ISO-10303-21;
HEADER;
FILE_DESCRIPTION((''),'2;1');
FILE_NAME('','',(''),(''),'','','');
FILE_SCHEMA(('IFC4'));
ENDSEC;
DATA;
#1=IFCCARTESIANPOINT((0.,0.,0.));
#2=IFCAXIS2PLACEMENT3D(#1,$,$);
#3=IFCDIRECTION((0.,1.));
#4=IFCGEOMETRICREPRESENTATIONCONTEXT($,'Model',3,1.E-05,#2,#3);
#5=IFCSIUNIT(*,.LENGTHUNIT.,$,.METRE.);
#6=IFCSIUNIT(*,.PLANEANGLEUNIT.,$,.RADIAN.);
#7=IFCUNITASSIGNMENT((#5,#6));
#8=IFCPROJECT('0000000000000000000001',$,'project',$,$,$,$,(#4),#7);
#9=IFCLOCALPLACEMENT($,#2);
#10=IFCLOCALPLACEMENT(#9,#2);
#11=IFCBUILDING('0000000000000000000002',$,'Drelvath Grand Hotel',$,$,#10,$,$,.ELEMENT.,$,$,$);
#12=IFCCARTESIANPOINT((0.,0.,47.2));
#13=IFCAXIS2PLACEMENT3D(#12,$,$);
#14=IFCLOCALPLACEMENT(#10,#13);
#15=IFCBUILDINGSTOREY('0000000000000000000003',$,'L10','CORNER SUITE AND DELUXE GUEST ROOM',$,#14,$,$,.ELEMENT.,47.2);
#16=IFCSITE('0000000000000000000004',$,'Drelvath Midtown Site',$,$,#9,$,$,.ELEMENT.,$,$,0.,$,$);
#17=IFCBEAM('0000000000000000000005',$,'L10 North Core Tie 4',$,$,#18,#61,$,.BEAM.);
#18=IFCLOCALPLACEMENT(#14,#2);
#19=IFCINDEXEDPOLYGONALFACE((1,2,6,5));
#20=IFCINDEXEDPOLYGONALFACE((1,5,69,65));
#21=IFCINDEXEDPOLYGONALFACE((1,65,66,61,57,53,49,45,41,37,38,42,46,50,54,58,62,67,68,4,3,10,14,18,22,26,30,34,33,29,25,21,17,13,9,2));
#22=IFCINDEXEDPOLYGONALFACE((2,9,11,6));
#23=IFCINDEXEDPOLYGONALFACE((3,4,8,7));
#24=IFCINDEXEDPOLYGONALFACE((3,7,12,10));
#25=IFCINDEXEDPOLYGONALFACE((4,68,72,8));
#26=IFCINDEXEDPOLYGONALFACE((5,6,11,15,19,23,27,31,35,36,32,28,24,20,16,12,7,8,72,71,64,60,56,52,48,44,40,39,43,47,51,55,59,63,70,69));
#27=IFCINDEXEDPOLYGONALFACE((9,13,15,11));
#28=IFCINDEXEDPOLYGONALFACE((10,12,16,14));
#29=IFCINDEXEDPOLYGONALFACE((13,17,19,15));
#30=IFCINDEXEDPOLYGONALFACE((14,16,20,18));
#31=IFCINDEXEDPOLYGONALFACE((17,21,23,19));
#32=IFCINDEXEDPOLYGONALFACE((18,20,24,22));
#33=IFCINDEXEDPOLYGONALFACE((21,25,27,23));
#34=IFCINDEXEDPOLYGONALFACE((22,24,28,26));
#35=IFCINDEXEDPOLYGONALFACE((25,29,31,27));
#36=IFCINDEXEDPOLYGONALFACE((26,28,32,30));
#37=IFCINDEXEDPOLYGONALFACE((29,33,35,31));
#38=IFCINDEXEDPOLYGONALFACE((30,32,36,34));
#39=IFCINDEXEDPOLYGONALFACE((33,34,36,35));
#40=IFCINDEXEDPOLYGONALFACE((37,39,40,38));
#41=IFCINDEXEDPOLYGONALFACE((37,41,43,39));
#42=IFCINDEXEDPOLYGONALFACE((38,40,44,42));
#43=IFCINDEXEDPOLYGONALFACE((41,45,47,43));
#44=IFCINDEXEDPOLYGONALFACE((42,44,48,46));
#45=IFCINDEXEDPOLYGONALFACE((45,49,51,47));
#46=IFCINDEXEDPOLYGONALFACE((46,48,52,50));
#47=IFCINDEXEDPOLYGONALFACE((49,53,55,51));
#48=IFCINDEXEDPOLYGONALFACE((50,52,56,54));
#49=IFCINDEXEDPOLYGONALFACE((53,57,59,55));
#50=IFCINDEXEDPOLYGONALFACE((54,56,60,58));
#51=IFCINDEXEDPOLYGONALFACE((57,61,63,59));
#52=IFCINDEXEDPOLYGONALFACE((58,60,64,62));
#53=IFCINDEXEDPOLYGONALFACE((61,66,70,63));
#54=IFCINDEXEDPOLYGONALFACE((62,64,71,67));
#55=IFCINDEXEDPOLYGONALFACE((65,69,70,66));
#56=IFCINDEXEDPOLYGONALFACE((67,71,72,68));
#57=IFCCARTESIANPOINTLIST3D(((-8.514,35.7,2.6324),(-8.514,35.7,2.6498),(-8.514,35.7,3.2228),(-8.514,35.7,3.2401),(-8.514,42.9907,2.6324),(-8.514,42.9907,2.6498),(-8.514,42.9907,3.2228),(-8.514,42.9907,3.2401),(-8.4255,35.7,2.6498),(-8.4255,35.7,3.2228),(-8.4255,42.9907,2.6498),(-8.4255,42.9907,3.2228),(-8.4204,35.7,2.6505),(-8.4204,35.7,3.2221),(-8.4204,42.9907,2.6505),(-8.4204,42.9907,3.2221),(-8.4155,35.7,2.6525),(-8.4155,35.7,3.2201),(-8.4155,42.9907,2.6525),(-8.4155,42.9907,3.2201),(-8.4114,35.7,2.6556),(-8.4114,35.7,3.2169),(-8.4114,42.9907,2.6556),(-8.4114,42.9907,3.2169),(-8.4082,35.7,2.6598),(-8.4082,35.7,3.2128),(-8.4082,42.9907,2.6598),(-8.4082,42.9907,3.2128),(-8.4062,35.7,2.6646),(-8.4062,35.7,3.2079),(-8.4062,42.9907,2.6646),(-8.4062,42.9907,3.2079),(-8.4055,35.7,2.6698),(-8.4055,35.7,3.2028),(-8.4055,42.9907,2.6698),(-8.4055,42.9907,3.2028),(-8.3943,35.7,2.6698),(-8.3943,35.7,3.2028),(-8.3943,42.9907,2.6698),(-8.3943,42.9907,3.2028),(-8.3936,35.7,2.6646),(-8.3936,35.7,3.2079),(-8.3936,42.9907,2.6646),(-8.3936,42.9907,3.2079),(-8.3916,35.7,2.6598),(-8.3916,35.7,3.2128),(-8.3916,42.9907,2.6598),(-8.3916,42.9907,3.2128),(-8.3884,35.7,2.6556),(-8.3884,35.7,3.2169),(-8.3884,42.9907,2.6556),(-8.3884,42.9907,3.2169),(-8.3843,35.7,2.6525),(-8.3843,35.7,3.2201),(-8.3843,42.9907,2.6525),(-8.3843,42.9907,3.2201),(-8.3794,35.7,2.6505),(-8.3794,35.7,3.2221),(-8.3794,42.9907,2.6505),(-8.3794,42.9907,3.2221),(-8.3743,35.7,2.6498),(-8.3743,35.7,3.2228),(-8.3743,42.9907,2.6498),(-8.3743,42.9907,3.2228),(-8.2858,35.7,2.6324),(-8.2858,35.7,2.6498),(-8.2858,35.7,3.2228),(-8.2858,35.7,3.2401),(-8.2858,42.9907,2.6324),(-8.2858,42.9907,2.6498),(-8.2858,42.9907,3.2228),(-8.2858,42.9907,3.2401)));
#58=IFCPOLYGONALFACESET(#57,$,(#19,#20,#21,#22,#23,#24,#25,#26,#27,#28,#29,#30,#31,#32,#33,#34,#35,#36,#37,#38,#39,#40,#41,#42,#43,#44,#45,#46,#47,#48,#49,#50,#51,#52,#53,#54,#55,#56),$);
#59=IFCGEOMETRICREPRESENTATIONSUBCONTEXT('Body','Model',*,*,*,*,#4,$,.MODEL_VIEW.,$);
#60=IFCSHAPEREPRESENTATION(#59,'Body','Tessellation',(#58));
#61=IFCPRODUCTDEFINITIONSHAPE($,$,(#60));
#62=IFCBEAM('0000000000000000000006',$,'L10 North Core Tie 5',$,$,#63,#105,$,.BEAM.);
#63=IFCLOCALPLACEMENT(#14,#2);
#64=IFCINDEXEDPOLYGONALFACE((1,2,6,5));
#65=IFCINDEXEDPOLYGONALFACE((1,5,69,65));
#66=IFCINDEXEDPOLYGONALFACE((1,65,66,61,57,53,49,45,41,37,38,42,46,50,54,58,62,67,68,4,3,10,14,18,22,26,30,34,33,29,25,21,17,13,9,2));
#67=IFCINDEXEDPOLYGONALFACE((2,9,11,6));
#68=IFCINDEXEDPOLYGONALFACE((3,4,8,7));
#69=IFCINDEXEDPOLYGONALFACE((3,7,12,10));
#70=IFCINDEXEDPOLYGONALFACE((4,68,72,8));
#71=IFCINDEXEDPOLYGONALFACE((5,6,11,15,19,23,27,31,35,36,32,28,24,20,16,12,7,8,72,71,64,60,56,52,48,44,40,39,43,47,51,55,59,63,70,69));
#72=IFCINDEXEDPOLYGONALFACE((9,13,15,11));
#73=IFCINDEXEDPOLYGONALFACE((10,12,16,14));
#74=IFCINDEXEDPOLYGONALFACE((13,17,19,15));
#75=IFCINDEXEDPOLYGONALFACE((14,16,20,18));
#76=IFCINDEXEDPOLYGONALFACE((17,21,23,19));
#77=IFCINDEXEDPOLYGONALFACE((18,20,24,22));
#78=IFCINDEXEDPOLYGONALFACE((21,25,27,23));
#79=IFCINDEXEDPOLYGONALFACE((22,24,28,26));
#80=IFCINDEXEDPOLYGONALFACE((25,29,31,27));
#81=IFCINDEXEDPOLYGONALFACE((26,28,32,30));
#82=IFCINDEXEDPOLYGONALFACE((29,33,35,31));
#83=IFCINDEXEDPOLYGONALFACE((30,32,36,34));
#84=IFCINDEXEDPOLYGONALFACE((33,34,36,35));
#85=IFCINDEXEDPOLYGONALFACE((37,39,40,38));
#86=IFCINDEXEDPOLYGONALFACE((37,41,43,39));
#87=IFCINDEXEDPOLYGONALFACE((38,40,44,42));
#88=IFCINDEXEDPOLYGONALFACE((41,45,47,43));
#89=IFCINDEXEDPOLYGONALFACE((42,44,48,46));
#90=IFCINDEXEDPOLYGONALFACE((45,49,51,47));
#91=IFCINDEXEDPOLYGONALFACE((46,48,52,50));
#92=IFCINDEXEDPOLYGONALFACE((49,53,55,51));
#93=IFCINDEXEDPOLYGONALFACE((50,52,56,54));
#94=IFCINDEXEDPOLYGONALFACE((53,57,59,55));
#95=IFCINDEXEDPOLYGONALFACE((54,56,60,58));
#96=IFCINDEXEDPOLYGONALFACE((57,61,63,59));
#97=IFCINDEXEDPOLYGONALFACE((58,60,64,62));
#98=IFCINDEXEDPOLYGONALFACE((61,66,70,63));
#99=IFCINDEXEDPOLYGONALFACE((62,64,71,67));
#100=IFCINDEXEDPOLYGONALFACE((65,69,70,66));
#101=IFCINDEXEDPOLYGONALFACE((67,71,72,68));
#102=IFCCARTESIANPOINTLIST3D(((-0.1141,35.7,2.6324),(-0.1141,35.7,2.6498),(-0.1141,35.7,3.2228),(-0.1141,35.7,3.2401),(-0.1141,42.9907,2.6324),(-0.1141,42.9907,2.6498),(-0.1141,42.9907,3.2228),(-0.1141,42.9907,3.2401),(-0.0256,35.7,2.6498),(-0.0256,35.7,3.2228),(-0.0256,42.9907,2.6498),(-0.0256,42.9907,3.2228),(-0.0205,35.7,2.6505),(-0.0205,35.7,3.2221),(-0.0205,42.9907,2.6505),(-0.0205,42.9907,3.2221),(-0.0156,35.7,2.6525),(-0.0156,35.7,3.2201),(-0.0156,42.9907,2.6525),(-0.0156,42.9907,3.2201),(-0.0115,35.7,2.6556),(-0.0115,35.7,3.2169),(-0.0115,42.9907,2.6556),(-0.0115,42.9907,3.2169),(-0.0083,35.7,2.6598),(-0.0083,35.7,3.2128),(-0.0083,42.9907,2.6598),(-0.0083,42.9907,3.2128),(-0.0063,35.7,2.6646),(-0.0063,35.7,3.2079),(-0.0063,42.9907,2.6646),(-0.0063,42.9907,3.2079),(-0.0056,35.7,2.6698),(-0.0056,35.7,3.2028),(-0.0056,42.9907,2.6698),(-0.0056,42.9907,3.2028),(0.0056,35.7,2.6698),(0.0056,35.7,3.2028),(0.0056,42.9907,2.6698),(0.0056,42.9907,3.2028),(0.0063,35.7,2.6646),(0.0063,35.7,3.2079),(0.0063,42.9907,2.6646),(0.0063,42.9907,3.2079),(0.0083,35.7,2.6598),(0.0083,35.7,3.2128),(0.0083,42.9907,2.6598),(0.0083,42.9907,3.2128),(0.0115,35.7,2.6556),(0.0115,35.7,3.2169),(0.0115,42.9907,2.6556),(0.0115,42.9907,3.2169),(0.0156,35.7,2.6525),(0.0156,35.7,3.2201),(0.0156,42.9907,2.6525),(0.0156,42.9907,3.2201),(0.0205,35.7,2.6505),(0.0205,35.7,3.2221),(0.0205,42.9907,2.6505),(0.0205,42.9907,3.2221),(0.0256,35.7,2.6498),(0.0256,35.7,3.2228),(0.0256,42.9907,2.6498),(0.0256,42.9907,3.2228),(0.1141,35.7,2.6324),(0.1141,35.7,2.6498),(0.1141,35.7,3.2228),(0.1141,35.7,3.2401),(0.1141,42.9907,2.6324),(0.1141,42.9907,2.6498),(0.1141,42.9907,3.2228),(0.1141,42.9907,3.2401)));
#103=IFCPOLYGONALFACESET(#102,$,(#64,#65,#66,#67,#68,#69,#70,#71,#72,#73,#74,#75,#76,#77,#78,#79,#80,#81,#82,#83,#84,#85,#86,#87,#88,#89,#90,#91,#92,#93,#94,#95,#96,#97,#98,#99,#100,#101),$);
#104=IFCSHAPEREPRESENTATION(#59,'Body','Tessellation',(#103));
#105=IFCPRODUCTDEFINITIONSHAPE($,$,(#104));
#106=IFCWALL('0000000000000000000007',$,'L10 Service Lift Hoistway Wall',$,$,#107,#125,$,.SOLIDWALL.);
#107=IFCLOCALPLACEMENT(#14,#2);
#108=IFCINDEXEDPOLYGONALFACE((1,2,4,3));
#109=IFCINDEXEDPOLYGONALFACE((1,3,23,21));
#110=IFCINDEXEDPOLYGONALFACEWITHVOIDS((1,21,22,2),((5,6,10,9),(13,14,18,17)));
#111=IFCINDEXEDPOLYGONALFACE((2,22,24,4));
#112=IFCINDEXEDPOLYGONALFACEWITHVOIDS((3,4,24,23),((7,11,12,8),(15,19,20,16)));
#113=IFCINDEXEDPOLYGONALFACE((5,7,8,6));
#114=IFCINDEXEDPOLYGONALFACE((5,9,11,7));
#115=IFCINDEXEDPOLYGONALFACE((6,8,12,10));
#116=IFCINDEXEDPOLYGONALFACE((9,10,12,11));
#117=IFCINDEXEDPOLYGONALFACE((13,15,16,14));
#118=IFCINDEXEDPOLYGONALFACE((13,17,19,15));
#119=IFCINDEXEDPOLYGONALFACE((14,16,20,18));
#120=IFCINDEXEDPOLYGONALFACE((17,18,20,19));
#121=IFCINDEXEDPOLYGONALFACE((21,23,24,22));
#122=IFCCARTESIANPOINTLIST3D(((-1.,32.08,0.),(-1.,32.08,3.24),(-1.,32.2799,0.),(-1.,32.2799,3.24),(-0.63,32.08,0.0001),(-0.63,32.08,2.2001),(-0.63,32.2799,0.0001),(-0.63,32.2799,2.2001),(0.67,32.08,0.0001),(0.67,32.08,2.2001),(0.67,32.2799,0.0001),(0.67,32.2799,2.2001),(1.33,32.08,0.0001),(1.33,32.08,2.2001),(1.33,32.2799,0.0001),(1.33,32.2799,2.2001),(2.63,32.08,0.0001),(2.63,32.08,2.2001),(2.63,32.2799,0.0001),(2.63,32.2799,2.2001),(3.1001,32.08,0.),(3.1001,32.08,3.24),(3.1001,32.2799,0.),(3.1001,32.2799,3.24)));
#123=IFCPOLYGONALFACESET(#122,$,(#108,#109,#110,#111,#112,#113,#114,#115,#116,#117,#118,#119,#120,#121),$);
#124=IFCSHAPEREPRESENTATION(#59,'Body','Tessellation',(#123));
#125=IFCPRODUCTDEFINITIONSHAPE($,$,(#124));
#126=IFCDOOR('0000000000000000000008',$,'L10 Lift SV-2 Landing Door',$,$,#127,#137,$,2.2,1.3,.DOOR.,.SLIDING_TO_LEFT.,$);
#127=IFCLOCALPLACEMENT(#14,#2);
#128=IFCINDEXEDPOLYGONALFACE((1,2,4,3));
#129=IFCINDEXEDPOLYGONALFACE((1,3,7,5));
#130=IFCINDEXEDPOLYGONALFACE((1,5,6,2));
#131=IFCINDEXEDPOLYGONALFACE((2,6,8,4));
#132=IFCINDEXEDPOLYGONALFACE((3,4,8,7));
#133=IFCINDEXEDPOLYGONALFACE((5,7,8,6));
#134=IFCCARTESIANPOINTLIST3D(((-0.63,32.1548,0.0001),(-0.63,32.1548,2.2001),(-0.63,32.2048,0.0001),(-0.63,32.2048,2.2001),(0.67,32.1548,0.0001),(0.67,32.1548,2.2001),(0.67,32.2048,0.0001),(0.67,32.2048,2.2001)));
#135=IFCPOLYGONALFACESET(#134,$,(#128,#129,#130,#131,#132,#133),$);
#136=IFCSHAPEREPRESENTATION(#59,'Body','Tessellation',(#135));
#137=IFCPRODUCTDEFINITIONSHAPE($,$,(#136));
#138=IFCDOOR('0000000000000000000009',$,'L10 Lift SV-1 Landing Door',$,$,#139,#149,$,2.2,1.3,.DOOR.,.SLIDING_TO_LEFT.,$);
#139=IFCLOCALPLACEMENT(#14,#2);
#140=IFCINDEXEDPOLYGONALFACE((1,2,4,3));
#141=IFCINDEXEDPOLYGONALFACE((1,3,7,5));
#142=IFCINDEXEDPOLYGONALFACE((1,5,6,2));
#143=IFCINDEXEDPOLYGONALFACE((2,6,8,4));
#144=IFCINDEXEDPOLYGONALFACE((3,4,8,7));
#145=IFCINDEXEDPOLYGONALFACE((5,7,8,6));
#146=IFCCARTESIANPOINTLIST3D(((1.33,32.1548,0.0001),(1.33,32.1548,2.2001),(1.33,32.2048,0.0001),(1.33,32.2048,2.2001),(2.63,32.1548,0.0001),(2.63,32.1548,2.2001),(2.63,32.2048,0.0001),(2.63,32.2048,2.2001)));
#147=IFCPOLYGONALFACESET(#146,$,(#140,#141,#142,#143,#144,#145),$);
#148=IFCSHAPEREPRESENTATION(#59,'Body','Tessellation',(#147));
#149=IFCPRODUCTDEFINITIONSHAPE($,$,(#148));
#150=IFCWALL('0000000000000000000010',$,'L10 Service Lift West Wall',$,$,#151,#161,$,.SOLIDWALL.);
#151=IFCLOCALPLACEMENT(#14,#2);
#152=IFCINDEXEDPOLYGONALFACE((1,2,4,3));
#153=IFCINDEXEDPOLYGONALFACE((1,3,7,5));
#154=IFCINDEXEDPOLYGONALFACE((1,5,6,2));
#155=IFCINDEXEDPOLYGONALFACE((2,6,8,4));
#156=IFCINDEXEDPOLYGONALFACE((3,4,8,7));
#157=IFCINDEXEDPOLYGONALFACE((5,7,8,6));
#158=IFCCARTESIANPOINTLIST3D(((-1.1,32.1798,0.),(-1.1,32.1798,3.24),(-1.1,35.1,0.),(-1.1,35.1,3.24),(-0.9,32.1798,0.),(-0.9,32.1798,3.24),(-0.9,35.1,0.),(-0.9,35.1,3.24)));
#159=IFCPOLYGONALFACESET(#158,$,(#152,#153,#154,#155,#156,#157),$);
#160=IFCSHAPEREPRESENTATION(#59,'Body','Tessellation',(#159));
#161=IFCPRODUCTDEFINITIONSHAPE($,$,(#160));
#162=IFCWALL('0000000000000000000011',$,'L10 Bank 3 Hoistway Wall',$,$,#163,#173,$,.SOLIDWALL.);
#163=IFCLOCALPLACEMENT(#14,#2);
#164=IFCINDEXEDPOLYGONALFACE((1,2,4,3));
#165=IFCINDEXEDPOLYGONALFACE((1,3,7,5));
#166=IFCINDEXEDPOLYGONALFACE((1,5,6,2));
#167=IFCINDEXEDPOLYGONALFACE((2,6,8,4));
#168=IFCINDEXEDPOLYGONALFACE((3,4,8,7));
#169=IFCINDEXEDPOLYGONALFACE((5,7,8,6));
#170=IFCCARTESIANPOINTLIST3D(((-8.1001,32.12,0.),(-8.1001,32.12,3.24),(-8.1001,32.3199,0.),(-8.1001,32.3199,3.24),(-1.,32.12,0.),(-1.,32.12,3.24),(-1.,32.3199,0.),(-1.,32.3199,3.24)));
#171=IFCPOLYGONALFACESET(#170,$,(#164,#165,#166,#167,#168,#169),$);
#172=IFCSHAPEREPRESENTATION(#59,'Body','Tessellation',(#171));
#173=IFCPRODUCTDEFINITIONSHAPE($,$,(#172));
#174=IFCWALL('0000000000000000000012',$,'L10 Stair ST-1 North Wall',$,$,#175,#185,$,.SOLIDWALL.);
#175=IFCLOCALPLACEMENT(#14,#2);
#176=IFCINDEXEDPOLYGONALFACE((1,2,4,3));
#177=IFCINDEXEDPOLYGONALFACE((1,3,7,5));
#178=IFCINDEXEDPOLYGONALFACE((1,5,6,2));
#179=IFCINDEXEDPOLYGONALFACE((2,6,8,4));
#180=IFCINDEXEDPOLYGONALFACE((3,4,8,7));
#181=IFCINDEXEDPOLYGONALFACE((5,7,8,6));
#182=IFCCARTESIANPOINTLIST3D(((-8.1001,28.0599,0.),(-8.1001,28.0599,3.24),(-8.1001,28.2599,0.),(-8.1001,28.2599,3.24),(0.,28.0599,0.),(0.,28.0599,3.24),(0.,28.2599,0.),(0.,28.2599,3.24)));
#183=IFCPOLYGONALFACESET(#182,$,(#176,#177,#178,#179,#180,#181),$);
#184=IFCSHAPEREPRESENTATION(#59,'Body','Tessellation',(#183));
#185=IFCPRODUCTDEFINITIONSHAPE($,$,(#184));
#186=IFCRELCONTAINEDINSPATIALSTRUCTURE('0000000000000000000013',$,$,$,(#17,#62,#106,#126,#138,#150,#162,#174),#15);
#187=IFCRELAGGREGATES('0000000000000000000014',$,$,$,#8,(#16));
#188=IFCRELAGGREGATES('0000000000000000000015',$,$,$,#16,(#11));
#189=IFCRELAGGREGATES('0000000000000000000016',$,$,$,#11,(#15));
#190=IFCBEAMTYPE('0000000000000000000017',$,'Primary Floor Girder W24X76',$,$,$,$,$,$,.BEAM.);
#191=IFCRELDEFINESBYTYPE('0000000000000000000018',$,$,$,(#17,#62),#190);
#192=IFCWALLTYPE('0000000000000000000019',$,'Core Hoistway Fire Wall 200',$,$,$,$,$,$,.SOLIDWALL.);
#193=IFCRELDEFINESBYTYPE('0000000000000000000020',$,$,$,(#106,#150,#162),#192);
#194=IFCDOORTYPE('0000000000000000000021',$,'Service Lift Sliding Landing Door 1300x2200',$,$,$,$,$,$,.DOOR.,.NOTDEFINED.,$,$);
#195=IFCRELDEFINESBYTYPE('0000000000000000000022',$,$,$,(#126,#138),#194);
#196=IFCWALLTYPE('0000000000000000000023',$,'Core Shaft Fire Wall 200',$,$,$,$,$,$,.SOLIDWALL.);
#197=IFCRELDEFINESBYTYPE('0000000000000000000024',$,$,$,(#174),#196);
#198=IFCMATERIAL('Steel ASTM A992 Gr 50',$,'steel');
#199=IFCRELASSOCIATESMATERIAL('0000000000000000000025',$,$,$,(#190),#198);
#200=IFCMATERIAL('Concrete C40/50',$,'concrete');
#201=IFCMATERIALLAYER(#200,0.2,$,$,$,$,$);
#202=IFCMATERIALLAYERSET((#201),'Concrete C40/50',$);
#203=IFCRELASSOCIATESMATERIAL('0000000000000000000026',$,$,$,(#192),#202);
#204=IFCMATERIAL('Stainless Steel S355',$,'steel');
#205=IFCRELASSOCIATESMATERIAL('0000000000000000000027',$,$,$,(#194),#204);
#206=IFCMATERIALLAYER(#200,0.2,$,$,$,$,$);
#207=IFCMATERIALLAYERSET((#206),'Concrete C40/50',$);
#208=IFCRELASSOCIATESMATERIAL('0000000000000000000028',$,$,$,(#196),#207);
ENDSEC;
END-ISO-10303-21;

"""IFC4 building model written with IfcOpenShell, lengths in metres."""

from ifc_helpers import new_model, si_unit, direction, frame, frame_2d, origin, origin_2d, place, context, subcontext, project, spatial, rectangle, i_section, extrude, material, layer, layer_set, material_profile, profile_set, type_object, element, fill, save


model = new_model("IFC4")

# Units and contexts
model_context = context("Model", 3, precision=1e-05, world=origin(), true_north=direction((0.0, 1.0)))
body_context = subcontext(model_context, "Body", "Model", "MODEL_VIEW")
ifc_project = project(units=[si_unit("LENGTHUNIT", "METRE"), si_unit("PLANEANGLEUNIT", "RADIAN")], contexts=[model_context])

# Site, building, storey
site_placement = place(None, origin())
site = spatial("IfcSite", under=ifc_project, at=site_placement, Name="Drelvath Midtown Site", CompositionType="ELEMENT", RefElevation=0.0)
building_placement = place(site_placement, origin())
building = spatial("IfcBuilding", under=site, at=building_placement, Name="Drelvath Grand Hotel", CompositionType="ELEMENT")
storey_placement = place(building_placement, frame((0.0, 0.0, 47.2)))
storey = spatial("IfcBuildingStorey", under=building, at=storey_placement, Name="L10", Description="CORNER SUITE AND DELUXE GUEST ROOM", CompositionType="ELEMENT", Elevation=47.2)

# Beams
ifc_material_1 = material(Name="Steel ASTM A992 Gr 50", Category="steel")
ifc_material_profile = material_profile(ifc_material_1, i_section(OverallWidth=0.2283, OverallDepth=0.6077, WebThickness=0.0112, FlangeThickness=0.0173, FilletRadius=0.02, at=origin_2d()), Name="W24X76")
ifc_profile_set = profile_set([ifc_material_profile], Name="Steel ASTM A992 Gr 50")
beam_type = type_object("IfcBeamType", Name="Primary Floor Girder W24X76", PredefinedType="BEAM", material=ifc_profile_set)
for number, where, z_axis, x_axis, name in (
    (1, (-8.3999, 35.7, 2.9363), (0.0, 1.0, 0.0), (-1.0, 0.0, 0.0), "L10 North Core Tie 4"),
    (2, (0.0, 35.7, 2.9363), (0.0, 1.0, 0.0), (-1.0, 0.0, 0.0), "L10 North Core Tie 5"),
):
    element("IfcBeam", number, at=place(storey_placement, frame(where, z_axis=z_axis, x_axis=x_axis)), inside=storey, type_object=beam_type, Name=name, PredefinedType="BEAM", context=body_context, shape_type="SweptSolid", body=[
        extrude(i_section(OverallWidth=0.2283, OverallDepth=0.6077, WebThickness=0.0112, FlangeThickness=0.0173, FilletRadius=0.02, at=origin_2d()), origin(), (0.0, 0.0, 1.0), 7.2908),
    ])

# Wall, openings, doors
ifc_material_2 = material(Name="Concrete C40/50", Category="concrete")
ifc_layer_1 = layer(ifc_material_2, 0.2)
ifc_layer_set_1 = layer_set([ifc_layer_1], Name="Concrete C40/50")
wall_type_1 = type_object("IfcWallType", Name="Core Hoistway Fire Wall 200", PredefinedType="SOLIDWALL", material=ifc_layer_set_1)
wall_1_placement = place(storey_placement, frame((-1.0, 32.1799, 0.0), z_axis=(0.0, 0.0, 1.0), x_axis=(1.0, 0.0, 0.0)))
wall_1 = element("IfcWall", 3, at=wall_1_placement, inside=storey, type_object=wall_type_1, Name="L10 Service Lift Hoistway Wall", PredefinedType="SOLIDWALL", context=body_context, shape_type="SweptSolid", body=[
    extrude(rectangle(XDim=4.1001, YDim=0.2, at=frame_2d((2.05, 0.0))), origin(), (0.0, 0.0, 1.0), 3.24),
])
opening_1_placement = place(wall_1_placement, frame((0.3701, 0.0, 0.0)))
opening_1 = element("IfcOpeningElement", 4, at=opening_1_placement, cuts=wall_1, PredefinedType="OPENING", context=body_context, shape_type="SweptSolid", body=[
    extrude(rectangle(XDim=1.3, YDim=2.2, at=frame_2d((0.6499, 1.1001))), frame((0.0, 0.1099, 0.0), z_axis=(0.0, -1.0, 0.0), x_axis=(1.0, 0.0, 0.0)), (0.0, 0.0, 1.0), 0.22),
])
opening_2_placement = place(wall_1_placement, frame((2.3301, 0.0, 0.0)))
opening_2 = element("IfcOpeningElement", 5, at=opening_2_placement, cuts=wall_1, PredefinedType="OPENING", context=body_context, shape_type="SweptSolid", body=[
    extrude(rectangle(XDim=1.3, YDim=2.2, at=frame_2d((0.6499, 1.1001))), frame((0.0, 0.1099, 0.0), z_axis=(0.0, -1.0, 0.0), x_axis=(1.0, 0.0, 0.0)), (0.0, 0.0, 1.0), 0.22),
])
ifc_material_3 = material(Name="Stainless Steel S355", Category="steel")
door_type_1 = type_object("IfcDoorType", Name="Service Lift Sliding Landing Door 1300x2200", OperationType="NOTDEFINED", PredefinedType="DOOR", material=ifc_material_3)
door_1_placement = place(opening_1_placement, origin())
door_1 = element("IfcDoor", 6, at=door_1_placement, inside=storey, type_object=door_type_1, Name="L10 Lift SV-2 Landing Door", OperationType="SLIDING_TO_LEFT", OverallHeight=2.2, OverallWidth=1.3, PredefinedType="DOOR", context=body_context, shape_type="SweptSolid", body=[
    extrude(rectangle(XDim=1.3, YDim=2.2, at=frame_2d((0.6499, 1.1001))), frame((0.0, 0.0249, 0.0), z_axis=(0.0, -1.0, 0.0), x_axis=(1.0, 0.0, 0.0)), (0.0, 0.0, 1.0), 0.05),
])
fill(opening_1, door_1)
door_2_placement = place(opening_2_placement, origin())
door_2 = element("IfcDoor", 7, at=door_2_placement, inside=storey, type_object=door_type_1, Name="L10 Lift SV-1 Landing Door", OperationType="SLIDING_TO_LEFT", OverallHeight=2.2, OverallWidth=1.3, PredefinedType="DOOR", context=body_context, shape_type="SweptSolid", body=[
    extrude(rectangle(XDim=1.3, YDim=2.2, at=frame_2d((0.6499, 1.1001))), frame((0.0, 0.0249, 0.0), z_axis=(0.0, -1.0, 0.0), x_axis=(1.0, 0.0, 0.0)), (0.0, 0.0, 1.0), 0.05),
])
fill(opening_2, door_2)

# Walls
wall_2_placement = place(storey_placement, frame((-1.0, 32.1799, 0.0), z_axis=(0.0, 0.0, 1.0), x_axis=(0.0, 1.0, 0.0)))
element("IfcWall", 8, at=wall_2_placement, inside=storey, type_object=wall_type_1, Name="L10 Service Lift West Wall", PredefinedType="SOLIDWALL", context=body_context, shape_type="SweptSolid", body=[
    extrude(rectangle(XDim=2.9202, YDim=0.2, at=frame_2d((1.46, 0.0))), origin(), (0.0, 0.0, 1.0), 3.24),
])
wall_3_placement = place(storey_placement, frame((-8.1001, 32.22, 0.0), z_axis=(0.0, 0.0, 1.0), x_axis=(1.0, 0.0, 0.0)))
element("IfcWall", 9, at=wall_3_placement, inside=storey, type_object=wall_type_1, Name="L10 Bank 3 Hoistway Wall", PredefinedType="SOLIDWALL", context=body_context, shape_type="SweptSolid", body=[
    extrude(rectangle(XDim=7.1001, YDim=0.2, at=frame_2d((3.55, 0.0))), origin(), (0.0, 0.0, 1.0), 3.24),
])
ifc_layer_2 = layer(ifc_material_2, 0.2)
ifc_layer_set_2 = layer_set([ifc_layer_2], Name="Concrete C40/50")
wall_type_2 = type_object("IfcWallType", Name="Core Shaft Fire Wall 200", PredefinedType="SOLIDWALL", material=ifc_layer_set_2)
wall_4_placement = place(storey_placement, frame((-8.1001, 28.1599, 0.0), z_axis=(0.0, 0.0, 1.0), x_axis=(1.0, 0.0, 0.0)))
element("IfcWall", 10, at=wall_4_placement, inside=storey, type_object=wall_type_2, Name="L10 Stair ST-1 North Wall", PredefinedType="SOLIDWALL", context=body_context, shape_type="SweptSolid", body=[
    extrude(rectangle(XDim=8.1001, YDim=0.2, at=frame_2d((4.05, 0.0))), origin(), (0.0, 0.0, 1.0), 3.24),
])

save(model, "model.ifc")
